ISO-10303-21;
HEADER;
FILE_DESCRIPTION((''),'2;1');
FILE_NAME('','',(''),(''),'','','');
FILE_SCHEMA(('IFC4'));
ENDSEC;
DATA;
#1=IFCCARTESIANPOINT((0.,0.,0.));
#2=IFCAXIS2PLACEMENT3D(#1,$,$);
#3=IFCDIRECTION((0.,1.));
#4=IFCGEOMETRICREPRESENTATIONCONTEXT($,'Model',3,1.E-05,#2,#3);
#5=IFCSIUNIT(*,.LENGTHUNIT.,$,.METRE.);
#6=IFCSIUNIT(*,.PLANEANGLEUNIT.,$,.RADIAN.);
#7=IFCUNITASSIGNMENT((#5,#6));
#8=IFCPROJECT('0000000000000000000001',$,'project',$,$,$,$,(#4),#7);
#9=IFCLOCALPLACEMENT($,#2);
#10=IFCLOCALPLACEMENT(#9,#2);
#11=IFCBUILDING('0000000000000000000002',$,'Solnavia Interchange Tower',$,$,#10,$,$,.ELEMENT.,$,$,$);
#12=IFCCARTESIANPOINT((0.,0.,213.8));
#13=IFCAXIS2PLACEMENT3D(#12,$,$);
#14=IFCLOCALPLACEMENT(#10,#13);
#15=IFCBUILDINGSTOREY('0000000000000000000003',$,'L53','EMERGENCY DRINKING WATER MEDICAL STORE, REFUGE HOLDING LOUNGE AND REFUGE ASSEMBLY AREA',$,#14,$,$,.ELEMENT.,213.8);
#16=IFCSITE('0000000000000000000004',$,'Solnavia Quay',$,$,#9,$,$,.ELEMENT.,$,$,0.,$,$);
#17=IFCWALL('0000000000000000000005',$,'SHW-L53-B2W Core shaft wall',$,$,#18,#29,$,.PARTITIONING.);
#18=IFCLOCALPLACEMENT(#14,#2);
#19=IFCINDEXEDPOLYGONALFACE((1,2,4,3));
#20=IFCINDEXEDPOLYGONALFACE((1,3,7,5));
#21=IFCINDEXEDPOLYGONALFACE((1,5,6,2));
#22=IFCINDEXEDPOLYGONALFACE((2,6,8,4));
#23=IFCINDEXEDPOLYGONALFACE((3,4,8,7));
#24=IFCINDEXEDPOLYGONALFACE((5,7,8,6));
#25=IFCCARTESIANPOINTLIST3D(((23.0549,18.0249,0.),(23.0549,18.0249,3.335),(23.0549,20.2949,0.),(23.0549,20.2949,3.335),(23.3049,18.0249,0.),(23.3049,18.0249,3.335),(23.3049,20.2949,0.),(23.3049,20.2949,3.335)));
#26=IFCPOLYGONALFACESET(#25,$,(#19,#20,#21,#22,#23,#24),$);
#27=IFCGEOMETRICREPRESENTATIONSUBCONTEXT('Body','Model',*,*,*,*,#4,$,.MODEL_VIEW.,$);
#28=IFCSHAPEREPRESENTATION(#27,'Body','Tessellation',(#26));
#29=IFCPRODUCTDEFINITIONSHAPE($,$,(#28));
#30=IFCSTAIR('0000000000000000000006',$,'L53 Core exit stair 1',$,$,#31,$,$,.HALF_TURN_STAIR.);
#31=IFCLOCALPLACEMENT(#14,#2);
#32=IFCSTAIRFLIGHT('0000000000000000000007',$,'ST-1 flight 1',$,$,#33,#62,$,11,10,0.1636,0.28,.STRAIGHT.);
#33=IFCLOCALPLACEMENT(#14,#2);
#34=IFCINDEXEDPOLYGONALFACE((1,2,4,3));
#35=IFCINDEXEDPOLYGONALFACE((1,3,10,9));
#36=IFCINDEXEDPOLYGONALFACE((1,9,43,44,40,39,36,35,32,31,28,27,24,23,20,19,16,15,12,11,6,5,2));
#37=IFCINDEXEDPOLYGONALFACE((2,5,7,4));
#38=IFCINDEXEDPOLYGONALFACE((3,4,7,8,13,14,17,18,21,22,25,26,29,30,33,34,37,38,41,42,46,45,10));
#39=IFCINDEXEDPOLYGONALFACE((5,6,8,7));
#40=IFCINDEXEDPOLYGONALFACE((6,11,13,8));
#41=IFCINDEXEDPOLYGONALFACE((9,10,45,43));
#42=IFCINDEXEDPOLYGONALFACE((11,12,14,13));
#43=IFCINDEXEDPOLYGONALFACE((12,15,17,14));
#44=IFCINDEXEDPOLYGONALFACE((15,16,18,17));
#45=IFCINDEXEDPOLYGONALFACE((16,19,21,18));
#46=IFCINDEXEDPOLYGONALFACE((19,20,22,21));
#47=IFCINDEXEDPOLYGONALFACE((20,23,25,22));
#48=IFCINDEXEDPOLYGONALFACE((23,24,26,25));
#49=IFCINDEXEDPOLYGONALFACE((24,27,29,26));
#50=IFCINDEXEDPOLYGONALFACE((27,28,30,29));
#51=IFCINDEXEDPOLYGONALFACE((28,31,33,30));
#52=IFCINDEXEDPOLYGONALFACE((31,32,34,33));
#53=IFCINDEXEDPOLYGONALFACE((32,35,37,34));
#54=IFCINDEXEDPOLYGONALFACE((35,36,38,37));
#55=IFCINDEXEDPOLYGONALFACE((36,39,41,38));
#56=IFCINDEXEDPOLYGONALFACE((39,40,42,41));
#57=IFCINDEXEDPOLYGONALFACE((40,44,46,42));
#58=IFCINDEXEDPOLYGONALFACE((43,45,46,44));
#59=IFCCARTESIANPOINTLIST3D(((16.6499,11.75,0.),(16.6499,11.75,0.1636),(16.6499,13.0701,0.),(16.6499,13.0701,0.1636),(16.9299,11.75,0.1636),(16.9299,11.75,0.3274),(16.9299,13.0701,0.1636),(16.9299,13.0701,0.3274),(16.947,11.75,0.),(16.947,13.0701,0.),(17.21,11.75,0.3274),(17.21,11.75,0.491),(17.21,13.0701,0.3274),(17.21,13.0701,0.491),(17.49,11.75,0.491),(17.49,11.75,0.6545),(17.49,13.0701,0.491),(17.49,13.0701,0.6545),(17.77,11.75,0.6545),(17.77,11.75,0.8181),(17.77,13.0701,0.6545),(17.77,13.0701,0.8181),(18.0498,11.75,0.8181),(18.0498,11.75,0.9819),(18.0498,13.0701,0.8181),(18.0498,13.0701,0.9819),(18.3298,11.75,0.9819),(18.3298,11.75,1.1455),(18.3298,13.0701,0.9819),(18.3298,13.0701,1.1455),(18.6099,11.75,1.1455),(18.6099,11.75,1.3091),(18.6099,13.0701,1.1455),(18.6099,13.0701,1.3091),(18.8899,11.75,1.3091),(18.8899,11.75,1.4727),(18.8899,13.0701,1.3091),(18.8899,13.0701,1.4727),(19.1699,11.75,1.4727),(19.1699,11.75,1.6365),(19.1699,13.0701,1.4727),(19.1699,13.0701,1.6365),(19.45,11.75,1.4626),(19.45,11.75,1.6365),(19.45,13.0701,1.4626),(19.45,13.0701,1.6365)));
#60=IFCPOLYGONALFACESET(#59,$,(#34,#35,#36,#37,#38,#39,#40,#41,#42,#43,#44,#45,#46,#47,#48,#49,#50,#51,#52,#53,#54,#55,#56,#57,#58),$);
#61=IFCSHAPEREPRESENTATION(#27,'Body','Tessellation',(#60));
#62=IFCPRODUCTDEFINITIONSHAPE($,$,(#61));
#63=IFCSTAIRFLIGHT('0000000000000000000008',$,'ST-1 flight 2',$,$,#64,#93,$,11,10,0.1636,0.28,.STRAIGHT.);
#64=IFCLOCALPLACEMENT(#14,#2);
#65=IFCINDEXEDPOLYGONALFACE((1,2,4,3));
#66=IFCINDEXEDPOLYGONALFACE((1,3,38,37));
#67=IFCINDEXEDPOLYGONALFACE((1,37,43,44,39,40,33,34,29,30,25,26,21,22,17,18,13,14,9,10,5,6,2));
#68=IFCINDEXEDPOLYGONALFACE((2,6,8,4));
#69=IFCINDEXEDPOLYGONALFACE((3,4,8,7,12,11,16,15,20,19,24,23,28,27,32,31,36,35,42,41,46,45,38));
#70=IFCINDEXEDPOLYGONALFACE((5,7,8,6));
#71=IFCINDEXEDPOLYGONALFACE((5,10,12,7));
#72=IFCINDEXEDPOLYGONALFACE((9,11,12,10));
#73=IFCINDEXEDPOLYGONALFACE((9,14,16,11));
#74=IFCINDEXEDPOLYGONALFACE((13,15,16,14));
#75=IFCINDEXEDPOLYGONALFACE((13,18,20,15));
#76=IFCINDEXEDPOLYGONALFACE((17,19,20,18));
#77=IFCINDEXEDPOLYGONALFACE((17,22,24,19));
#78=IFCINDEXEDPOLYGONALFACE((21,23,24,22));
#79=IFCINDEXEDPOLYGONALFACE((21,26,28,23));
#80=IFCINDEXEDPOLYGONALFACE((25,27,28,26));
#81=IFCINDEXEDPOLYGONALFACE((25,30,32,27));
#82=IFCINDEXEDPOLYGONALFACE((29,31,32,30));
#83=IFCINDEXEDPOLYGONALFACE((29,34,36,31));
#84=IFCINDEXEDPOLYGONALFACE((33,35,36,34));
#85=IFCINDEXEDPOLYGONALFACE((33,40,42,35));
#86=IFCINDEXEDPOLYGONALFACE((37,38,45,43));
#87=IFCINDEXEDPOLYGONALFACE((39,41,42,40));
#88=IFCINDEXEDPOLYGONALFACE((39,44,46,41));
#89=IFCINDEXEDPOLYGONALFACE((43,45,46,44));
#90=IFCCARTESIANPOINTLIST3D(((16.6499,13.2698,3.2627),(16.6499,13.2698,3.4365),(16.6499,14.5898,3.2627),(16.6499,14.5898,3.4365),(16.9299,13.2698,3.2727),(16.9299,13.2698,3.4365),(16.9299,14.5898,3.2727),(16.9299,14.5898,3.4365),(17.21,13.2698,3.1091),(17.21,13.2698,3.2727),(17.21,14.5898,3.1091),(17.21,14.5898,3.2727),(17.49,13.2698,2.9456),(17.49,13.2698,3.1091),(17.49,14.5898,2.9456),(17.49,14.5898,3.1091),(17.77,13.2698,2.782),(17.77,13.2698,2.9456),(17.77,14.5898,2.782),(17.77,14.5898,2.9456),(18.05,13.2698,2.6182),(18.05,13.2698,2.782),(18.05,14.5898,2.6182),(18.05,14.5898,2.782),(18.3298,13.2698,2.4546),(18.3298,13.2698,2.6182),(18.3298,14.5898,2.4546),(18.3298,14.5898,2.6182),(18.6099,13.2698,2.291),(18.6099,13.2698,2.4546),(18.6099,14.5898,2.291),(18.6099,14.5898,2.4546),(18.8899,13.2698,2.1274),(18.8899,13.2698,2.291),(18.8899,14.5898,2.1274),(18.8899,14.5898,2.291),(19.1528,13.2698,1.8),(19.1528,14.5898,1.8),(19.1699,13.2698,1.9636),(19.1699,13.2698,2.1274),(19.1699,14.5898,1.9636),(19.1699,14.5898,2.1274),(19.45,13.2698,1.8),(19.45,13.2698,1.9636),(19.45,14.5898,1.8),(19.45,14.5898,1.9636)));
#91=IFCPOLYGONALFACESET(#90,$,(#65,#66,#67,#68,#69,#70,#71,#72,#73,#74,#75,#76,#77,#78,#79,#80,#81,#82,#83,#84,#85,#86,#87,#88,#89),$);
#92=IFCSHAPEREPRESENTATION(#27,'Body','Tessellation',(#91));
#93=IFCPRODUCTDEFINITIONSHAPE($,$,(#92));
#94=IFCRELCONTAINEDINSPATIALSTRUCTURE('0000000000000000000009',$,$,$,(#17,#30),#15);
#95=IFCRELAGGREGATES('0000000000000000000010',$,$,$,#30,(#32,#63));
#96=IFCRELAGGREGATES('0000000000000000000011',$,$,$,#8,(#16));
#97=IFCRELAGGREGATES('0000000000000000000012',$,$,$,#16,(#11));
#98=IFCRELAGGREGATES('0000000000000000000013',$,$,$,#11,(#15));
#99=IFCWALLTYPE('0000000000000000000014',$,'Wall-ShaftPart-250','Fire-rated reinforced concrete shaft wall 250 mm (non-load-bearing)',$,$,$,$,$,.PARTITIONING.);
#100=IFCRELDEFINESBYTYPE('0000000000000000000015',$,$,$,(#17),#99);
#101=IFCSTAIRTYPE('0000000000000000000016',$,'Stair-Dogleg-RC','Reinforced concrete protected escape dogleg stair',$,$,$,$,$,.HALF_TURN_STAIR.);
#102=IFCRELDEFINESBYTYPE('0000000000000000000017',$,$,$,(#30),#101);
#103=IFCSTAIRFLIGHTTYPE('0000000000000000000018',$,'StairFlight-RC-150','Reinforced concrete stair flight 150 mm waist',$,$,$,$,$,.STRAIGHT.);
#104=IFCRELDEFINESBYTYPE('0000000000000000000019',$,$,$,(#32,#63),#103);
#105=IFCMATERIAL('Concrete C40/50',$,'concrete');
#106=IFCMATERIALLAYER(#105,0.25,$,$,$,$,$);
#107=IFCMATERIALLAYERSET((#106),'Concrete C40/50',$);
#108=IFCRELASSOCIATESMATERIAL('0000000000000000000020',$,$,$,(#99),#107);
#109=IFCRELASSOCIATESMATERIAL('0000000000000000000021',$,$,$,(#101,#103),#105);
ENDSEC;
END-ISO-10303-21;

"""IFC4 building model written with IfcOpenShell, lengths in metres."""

from ifc_helpers import new_model, si_unit, direction, frame, frame_2d, origin, place, context, subcontext, project, spatial, polyline, rectangle, outline, extrude, material, layer, layer_set, type_object, element, aggregate, save


model = new_model("IFC4")

# Units and contexts
model_context = context("Model", 3, precision=1e-05, world=origin(), true_north=direction((0.0, 1.0)))
body_context = subcontext(model_context, "Body", "Model", "MODEL_VIEW")
ifc_project = project(units=[si_unit("LENGTHUNIT", "METRE"), si_unit("PLANEANGLEUNIT", "RADIAN")], contexts=[model_context])

# Site, building, storey
site_placement = place(None, origin())
site = spatial("IfcSite", under=ifc_project, at=site_placement, Name="Solnavia Quay", CompositionType="ELEMENT", RefElevation=0.0)
building_placement = place(site_placement, origin())
building = spatial("IfcBuilding", under=site, at=building_placement, Name="Solnavia Interchange Tower", CompositionType="ELEMENT")
storey_placement = place(building_placement, frame((0.0, 0.0, 213.8)))
storey = spatial("IfcBuildingStorey", under=building, at=storey_placement, Name="L53", Description="EMERGENCY DRINKING WATER MEDICAL STORE, REFUGE HOLDING LOUNGE AND REFUGE ASSEMBLY AREA", CompositionType="ELEMENT", Elevation=213.8)

# Shared definitions
ifc_material_1 = material(Name="Concrete C40/50", Category="concrete")

# Shared definitions
ifc_layer_1 = layer(ifc_material_1, 0.25)
ifc_layer_set_1 = layer_set([ifc_layer_1], Name="Concrete C40/50")
wall_type_1 = type_object("IfcWallType", Name="Wall-ShaftPart-250", Description="Fire-rated reinforced concrete shaft wall 250 mm (non-load-bearing)", PredefinedType="PARTITIONING", material=ifc_layer_set_1)

# Wall
wall_1_placement = place(storey_placement, frame((23.1799, 18.0249, 0.0), z_axis=(0.0, 0.0, 1.0), x_axis=(0.0, 1.0, 0.0)))
element("IfcWall", 1, at=wall_1_placement, inside=storey, type_object=wall_type_1, Name="SHW-L53-B2W Core shaft wall", PredefinedType="PARTITIONING", context=body_context, shape_type="SweptSolid", body=[
    extrude(rectangle(XDim=2.27, YDim=0.25, at=frame_2d((1.135, 0.0))), origin(), (0.0, 0.0, 1.0), 3.335),
])

# Stair, stair flights
stair_type = type_object("IfcStairType", Name="Stair-Dogleg-RC", Description="Reinforced concrete protected escape dogleg stair", PredefinedType="HALF_TURN_STAIR", material=ifc_material_1)
stair_placement = place(storey_placement, origin())
stair = element("IfcStair", 2, at=stair_placement, inside=storey, type_object=stair_type, Name="L53 Core exit stair 1", PredefinedType="HALF_TURN_STAIR")
stair_flight_type = type_object("IfcStairFlightType", Name="StairFlight-RC-150", Description="Reinforced concrete stair flight 150 mm waist", PredefinedType="STRAIGHT", material=ifc_material_1)
stair_flight_1_placement = place(storey_placement, frame((16.6499, 12.4099, 0.0), z_axis=(0.0, 0.0, 1.0), x_axis=(1.0, 0.0, 0.0)))
stair_flight_1 = element("IfcStairFlight", 3, at=stair_flight_1_placement, type_object=stair_flight_type, Name="ST-1 flight 1", NumberOfRisers=11, NumberOfTreads=10, PredefinedType="STRAIGHT", RiserHeight=0.1636, TreadLength=0.28, context=body_context, shape_type="SweptSolid", body=[
    extrude(outline(polyline([(0.0, 0.0), (0.0, 0.1636), (0.28, 0.1636), (0.28, 0.3274), (0.5601, 0.3274), (0.5601, 0.491), (0.8401, 0.491), (0.8401, 0.6545), (1.1201, 0.6545), (1.1201, 0.8181), (1.3999, 0.8181), (1.3999, 0.9819), (1.6799, 0.9819), (1.6799, 1.1455), (1.96, 1.1455), (1.96, 1.3091), (2.24, 1.3091), (2.24, 1.4727), (2.52, 1.4727), (2.52, 1.6365), (2.8, 1.6365), (2.8, 1.8), (2.8, 1.4626), (0.2971, 0.0), (0.0, 0.0)])), frame((0.0, 0.6602, 0.0), z_axis=(0.0, -1.0, 0.0), x_axis=(1.0, 0.0, 0.0)), (0.0, 0.0, 1.0), 1.3201),
])
stair_flight_2_placement = place(storey_placement, frame((19.45, 13.9299, 1.8), z_axis=(0.0, 0.0, 1.0), x_axis=(-1.0, 0.0, 0.0)))
stair_flight_2 = element("IfcStairFlight", 4, at=stair_flight_2_placement, type_object=stair_flight_type, Name="ST-1 flight 2", NumberOfRisers=11, NumberOfTreads=10, PredefinedType="STRAIGHT", RiserHeight=0.1636, TreadLength=0.28, context=body_context, shape_type="SweptSolid", body=[
    extrude(outline(polyline([(0.0, 0.0), (0.0, 0.1636), (0.28, 0.1636), (0.28, 0.3274), (0.5601, 0.3274), (0.5601, 0.491), (0.8401, 0.491), (0.8401, 0.6545), (1.1201, 0.6545), (1.1201, 0.8181), (1.3999, 0.8181), (1.3999, 0.9819), (1.6799, 0.9819), (1.6799, 1.1455), (1.96, 1.1455), (1.96, 1.3091), (2.24, 1.3091), (2.24, 1.4727), (2.52, 1.4727), (2.52, 1.6365), (2.8, 1.6365), (2.8, 1.8), (2.8, 1.4626), (0.2971, 0.0), (0.0, 0.0)])), frame((0.0, 0.6602, 0.0), z_axis=(0.0, -1.0, 0.0), x_axis=(1.0, 0.0, 0.0)), (0.0, 0.0, 1.0), 1.3201),
])
aggregate(stair, [stair_flight_1, stair_flight_2])

save(model, "model.ifc")
